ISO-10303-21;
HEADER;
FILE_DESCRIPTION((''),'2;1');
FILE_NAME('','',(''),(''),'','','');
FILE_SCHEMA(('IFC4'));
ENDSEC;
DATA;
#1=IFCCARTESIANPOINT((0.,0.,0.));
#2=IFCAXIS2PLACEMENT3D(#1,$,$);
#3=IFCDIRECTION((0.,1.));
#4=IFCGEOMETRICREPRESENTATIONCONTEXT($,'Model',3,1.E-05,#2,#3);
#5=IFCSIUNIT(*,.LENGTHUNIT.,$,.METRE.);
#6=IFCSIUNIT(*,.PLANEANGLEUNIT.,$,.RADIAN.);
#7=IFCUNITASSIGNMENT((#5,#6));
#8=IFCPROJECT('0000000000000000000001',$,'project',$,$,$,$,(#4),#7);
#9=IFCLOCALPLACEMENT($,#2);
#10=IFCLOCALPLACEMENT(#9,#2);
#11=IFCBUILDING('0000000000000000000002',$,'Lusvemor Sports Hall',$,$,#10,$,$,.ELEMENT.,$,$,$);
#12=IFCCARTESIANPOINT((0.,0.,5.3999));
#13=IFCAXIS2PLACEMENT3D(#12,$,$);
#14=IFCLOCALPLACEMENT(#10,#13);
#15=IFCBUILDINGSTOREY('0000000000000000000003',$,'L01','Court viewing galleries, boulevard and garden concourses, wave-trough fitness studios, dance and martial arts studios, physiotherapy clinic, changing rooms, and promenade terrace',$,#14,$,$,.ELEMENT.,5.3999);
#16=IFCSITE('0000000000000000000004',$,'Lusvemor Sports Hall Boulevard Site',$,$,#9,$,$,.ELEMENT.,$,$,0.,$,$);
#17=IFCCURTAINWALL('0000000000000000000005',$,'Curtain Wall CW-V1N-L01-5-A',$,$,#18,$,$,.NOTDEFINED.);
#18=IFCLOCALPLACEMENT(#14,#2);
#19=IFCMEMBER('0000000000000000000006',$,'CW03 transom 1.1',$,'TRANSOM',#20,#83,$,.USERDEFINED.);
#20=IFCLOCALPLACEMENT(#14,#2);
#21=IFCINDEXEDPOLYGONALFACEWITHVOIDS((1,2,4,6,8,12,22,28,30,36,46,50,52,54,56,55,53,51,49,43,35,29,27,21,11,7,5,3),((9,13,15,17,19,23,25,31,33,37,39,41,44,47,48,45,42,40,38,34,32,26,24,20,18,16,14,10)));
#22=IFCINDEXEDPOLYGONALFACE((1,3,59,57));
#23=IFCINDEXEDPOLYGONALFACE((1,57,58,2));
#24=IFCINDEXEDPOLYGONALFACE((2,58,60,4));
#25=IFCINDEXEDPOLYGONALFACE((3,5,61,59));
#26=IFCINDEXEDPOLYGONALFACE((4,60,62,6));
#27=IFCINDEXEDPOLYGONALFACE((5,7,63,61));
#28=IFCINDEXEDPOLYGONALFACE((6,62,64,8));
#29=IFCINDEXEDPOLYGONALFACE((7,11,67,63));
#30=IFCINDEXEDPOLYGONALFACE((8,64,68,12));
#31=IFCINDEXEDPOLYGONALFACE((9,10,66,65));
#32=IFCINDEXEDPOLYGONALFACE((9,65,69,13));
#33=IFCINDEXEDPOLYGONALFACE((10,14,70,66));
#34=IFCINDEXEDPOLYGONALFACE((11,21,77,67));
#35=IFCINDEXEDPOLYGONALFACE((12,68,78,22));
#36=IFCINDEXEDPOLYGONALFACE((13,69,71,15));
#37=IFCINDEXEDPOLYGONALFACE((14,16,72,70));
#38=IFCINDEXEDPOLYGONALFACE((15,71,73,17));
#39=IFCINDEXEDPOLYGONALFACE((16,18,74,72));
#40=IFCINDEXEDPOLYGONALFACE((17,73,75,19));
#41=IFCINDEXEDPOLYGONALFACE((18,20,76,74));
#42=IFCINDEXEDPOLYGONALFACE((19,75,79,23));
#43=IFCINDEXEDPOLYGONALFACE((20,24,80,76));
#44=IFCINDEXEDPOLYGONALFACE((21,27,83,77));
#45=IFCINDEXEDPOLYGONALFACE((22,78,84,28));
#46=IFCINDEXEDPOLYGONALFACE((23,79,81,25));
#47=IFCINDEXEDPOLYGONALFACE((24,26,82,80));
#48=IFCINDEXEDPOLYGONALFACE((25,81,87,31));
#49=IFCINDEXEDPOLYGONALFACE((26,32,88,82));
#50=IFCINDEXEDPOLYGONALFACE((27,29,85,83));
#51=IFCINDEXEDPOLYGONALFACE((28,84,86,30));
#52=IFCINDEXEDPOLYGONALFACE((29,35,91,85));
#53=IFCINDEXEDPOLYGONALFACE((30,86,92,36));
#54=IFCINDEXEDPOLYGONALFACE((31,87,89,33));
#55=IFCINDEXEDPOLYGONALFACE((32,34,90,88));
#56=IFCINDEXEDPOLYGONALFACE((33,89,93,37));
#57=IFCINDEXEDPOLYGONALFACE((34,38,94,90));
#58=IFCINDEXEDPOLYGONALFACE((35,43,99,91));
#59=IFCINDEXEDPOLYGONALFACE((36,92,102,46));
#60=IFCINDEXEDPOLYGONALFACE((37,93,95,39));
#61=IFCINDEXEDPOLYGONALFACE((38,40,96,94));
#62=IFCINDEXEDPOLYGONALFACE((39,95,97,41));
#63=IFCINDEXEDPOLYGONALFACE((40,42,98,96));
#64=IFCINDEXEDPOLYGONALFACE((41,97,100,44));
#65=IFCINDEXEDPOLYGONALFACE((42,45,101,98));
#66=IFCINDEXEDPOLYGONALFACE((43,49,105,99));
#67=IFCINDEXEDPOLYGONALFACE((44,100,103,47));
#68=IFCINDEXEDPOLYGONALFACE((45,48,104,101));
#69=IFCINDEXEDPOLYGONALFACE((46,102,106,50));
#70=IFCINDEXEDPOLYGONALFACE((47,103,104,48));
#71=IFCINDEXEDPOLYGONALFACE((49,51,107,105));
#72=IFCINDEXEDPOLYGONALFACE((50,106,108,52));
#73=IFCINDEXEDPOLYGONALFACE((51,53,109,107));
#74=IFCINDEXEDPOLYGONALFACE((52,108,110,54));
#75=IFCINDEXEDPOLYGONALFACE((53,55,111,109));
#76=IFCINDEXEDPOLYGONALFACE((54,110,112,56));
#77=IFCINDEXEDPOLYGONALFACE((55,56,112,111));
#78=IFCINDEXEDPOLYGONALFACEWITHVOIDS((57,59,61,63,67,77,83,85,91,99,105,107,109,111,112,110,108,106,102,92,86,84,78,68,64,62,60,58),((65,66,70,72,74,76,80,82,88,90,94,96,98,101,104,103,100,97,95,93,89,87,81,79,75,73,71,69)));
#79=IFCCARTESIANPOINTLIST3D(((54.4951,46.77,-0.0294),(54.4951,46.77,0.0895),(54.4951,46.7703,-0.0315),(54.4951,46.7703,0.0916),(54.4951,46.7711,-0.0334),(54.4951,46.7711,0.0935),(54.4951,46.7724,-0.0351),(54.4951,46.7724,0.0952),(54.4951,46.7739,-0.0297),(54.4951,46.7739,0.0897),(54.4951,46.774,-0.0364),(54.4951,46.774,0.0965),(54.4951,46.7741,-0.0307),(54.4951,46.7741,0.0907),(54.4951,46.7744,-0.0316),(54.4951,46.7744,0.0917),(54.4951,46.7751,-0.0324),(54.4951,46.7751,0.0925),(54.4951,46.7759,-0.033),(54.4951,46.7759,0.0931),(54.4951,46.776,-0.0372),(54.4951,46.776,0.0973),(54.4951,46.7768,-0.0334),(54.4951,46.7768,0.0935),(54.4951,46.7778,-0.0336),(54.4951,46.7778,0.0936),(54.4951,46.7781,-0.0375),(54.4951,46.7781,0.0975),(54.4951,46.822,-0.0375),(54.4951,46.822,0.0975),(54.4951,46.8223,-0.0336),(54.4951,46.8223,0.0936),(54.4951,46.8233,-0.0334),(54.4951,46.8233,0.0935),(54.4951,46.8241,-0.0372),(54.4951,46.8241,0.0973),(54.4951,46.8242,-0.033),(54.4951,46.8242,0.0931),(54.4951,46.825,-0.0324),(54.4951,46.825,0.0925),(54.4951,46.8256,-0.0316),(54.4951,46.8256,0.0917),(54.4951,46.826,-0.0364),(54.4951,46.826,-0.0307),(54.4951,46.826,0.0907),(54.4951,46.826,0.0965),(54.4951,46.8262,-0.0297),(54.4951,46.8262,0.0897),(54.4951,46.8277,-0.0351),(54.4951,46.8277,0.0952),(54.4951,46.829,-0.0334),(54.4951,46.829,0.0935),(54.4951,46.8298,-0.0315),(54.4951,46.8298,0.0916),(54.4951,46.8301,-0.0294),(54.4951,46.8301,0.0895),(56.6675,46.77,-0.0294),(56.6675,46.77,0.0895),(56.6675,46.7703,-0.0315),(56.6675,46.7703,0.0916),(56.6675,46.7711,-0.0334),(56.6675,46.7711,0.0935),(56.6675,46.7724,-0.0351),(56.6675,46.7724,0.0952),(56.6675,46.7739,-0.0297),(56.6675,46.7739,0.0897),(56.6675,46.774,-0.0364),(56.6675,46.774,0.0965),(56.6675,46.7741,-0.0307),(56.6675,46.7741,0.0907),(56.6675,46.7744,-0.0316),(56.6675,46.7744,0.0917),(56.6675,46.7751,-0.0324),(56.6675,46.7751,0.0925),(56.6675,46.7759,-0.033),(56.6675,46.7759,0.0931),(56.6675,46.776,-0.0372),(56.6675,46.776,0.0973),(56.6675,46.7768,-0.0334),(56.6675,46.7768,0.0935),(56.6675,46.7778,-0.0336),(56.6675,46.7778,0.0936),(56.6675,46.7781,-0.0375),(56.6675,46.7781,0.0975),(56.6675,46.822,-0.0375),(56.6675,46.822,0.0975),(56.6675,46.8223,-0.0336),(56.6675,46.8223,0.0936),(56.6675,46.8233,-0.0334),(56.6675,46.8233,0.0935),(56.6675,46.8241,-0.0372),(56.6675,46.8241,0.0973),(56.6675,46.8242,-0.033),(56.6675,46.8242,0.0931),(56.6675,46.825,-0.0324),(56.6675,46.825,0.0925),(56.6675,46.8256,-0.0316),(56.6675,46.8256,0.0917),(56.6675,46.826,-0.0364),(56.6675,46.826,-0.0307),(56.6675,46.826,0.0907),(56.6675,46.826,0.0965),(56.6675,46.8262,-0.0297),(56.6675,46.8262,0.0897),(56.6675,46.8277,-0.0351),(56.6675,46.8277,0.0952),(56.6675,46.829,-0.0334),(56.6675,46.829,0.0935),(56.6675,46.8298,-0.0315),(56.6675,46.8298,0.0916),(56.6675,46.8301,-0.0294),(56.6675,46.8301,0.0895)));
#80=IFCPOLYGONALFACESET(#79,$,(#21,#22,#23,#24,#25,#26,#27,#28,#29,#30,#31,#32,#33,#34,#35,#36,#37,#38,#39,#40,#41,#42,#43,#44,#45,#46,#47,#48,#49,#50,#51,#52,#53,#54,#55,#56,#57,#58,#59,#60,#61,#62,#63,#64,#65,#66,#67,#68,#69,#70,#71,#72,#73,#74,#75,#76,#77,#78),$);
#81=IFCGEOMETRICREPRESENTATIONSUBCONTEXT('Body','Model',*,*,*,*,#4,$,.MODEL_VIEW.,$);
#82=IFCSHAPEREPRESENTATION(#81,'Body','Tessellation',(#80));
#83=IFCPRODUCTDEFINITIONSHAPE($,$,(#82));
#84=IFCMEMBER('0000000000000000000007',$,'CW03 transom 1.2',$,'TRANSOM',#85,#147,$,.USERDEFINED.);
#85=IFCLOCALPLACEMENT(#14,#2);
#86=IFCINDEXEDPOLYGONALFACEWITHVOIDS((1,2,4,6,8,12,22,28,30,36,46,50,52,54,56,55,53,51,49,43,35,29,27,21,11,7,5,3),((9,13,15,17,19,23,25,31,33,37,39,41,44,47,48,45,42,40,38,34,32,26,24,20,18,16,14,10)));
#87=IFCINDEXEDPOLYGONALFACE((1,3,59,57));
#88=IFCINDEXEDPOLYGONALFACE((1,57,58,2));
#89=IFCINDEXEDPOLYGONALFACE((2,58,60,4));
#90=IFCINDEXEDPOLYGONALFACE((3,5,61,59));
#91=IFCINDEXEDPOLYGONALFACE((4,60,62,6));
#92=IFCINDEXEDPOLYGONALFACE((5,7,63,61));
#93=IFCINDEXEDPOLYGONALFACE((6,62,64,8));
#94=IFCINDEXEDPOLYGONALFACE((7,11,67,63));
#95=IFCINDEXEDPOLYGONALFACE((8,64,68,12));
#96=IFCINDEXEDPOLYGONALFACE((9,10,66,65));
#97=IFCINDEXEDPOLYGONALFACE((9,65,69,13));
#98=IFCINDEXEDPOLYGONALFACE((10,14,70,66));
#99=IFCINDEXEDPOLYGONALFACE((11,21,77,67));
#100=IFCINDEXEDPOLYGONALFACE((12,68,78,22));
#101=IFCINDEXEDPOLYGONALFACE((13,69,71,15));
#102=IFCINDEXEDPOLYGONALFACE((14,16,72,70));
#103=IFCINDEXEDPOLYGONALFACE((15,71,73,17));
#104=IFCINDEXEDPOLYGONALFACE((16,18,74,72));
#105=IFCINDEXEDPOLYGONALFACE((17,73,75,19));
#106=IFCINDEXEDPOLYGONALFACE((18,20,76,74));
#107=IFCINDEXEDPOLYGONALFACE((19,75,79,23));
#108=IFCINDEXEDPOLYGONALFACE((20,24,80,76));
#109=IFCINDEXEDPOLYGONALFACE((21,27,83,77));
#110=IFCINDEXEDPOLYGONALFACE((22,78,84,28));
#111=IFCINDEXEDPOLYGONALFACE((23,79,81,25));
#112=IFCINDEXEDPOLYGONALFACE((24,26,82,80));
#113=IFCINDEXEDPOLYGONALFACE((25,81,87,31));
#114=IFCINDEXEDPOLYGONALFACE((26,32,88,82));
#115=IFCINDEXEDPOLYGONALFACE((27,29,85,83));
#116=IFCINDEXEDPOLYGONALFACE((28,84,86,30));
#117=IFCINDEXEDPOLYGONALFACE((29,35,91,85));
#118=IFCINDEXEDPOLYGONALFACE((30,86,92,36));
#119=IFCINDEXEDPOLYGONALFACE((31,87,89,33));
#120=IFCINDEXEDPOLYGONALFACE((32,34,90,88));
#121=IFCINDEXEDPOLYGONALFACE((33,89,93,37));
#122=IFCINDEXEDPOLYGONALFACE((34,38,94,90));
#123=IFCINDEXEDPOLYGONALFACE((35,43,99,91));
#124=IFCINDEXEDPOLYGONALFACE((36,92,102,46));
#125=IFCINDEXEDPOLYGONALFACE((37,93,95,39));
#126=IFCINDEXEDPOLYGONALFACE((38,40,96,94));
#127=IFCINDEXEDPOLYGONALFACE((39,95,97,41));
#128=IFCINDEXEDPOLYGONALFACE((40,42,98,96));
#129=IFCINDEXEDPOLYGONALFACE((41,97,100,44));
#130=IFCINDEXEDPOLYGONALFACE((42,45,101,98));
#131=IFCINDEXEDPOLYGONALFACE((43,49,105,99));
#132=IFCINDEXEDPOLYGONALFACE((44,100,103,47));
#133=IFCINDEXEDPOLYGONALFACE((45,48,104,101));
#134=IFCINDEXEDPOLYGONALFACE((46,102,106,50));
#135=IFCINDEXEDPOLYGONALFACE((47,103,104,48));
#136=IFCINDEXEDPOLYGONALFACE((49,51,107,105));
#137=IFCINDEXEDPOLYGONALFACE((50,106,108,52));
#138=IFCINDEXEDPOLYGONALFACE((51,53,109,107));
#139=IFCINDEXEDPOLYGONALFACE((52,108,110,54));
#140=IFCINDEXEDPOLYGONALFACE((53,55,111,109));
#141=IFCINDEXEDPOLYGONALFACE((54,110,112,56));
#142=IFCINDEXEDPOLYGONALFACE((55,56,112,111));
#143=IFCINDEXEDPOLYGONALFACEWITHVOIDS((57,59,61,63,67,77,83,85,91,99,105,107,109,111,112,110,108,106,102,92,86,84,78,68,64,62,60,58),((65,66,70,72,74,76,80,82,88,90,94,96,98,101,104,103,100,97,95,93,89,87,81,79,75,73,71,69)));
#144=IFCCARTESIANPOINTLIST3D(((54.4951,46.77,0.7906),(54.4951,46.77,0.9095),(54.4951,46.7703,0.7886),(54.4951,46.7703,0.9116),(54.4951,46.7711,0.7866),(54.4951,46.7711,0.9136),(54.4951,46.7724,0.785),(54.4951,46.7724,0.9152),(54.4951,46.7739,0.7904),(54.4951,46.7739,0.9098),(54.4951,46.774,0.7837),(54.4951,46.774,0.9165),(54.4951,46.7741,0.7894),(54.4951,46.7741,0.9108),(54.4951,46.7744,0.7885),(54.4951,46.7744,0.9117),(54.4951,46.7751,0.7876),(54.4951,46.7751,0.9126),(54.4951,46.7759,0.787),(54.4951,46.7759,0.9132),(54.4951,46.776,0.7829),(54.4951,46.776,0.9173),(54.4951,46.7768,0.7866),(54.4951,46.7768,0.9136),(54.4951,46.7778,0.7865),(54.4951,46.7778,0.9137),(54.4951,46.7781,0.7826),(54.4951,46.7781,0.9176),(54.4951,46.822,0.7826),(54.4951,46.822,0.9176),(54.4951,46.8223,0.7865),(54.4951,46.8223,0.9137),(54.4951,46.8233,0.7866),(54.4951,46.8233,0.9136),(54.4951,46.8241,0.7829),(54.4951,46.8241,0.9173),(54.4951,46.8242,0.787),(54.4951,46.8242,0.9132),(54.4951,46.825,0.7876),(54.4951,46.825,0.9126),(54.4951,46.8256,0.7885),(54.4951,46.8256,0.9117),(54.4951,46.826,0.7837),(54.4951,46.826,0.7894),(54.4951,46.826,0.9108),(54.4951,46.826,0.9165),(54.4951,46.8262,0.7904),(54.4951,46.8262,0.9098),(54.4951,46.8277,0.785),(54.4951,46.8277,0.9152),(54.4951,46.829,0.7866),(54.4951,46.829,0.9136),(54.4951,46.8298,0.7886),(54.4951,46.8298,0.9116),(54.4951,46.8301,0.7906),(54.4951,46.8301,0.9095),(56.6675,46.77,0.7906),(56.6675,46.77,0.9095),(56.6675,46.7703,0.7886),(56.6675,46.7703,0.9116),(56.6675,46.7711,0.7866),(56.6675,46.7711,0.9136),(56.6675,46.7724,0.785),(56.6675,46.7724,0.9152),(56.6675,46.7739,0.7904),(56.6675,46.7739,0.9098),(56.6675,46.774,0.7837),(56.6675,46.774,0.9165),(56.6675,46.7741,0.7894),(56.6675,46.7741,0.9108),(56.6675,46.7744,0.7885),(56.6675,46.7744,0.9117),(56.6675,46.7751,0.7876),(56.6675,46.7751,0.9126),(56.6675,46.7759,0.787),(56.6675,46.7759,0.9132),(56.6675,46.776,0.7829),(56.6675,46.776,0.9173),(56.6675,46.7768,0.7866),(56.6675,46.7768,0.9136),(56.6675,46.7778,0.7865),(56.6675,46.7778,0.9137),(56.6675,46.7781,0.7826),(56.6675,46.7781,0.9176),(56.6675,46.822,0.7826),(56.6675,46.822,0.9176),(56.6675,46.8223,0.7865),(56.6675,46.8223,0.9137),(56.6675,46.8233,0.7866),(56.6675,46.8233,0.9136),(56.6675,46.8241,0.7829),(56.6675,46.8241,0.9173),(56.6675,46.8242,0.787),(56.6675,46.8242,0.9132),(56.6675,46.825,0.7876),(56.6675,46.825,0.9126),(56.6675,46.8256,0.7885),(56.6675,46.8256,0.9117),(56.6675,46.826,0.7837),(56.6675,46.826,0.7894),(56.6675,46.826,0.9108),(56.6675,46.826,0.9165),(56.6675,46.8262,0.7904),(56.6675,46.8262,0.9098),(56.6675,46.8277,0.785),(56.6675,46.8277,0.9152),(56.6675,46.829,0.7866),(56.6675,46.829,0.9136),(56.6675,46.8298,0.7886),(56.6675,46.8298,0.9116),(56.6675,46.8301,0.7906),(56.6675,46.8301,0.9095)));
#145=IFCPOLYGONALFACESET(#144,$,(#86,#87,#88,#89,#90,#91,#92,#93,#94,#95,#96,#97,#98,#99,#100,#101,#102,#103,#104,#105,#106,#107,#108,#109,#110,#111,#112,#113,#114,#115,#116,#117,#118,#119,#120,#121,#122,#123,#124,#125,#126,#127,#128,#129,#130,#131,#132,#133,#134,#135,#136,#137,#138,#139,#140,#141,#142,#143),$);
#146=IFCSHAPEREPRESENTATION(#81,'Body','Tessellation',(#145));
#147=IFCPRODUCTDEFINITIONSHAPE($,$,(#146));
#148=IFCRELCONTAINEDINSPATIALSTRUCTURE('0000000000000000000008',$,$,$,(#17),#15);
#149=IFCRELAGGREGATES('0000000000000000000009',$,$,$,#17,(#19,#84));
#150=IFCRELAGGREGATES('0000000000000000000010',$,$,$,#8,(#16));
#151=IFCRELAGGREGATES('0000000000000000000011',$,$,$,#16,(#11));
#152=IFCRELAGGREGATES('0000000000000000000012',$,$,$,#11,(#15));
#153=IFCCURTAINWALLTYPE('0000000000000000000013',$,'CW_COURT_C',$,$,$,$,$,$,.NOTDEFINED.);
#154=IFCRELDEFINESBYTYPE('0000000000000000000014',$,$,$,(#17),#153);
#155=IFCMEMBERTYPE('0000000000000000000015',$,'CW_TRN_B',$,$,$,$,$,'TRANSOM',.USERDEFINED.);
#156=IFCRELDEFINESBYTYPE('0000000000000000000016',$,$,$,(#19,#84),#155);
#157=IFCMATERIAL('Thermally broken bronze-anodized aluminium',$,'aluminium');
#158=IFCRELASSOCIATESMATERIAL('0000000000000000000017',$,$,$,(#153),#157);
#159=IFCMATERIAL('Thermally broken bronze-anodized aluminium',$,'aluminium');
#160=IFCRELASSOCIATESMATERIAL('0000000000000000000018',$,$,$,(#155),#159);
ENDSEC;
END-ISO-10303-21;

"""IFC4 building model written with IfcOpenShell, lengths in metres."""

from ifc_helpers import new_model, si_unit, direction, frame, origin, origin_2d, place, context, subcontext, project, spatial, hollow_rectangle, extrude, material, material_profile, profile_set, type_object, element, aggregate, save


model = new_model("IFC4")

# Units and contexts
model_context = context("Model", 3, precision=1e-05, world=origin(), true_north=direction((0.0, 1.0)))
body_context = subcontext(model_context, "Body", "Model", "MODEL_VIEW")
ifc_project = project(units=[si_unit("LENGTHUNIT", "METRE"), si_unit("PLANEANGLEUNIT", "RADIAN")], contexts=[model_context])

# Site, building, storey
site_placement = place(None, origin())
site = spatial("IfcSite", under=ifc_project, at=site_placement, Name="Lusvemor Sports Hall Boulevard Site", CompositionType="ELEMENT", RefElevation=0.0)
building_placement = place(site_placement, origin())
building = spatial("IfcBuilding", under=site, at=building_placement, Name="Lusvemor Sports Hall", CompositionType="ELEMENT")
storey_placement = place(building_placement, frame((0.0, 0.0, 5.3999)))
storey = spatial("IfcBuildingStorey", under=building, at=storey_placement, Name="L01", Description="Court viewing galleries, boulevard and garden concourses, wave-trough fitness studios, dance and martial arts studios, physiotherapy clinic, changing rooms, and promenade terrace", CompositionType="ELEMENT", Elevation=5.3999)

# Curtain wall
ifc_material_1 = material(Name="Thermally broken bronze-anodized aluminium", Category="aluminium")
curtain_wall_type = type_object("IfcCurtainWallType", Name="CW_COURT_C", PredefinedType="NOTDEFINED", material=ifc_material_1)
curtain_wall_1_placement = place(storey_placement, origin())
curtain_wall_1 = element("IfcCurtainWall", 1, at=curtain_wall_1_placement, inside=storey, type_object=curtain_wall_type, Name="Curtain Wall CW-V1N-L01-5-A", PredefinedType="NOTDEFINED")

# Members
ifc_material_2 = material(Name="Thermally broken bronze-anodized aluminium", Category="aluminium")
ifc_material_profile_1 = material_profile(ifc_material_2, hollow_rectangle(XDim=0.0601, YDim=0.135, WallThickness=0.0039, InnerFilletRadius=0.0039, OuterFilletRadius=0.0081, at=origin_2d()), Name="CWTRN135x60x4")
ifc_profile_set_1 = profile_set([ifc_material_profile_1], Name="Thermally broken bronze-anodized aluminium")
member_type_1 = type_object("IfcMemberType", Name="CW_TRN_B", ElementType="TRANSOM", PredefinedType="USERDEFINED", material=ifc_profile_set_1)
member_1_placement = place(storey_placement, frame((54.4951, 46.8, 0.03), z_axis=(1.0, 0.0, 0.0), x_axis=(0.0, 1.0, 0.0)))
member_1 = element("IfcMember", 2, at=member_1_placement, type_object=member_type_1, Name="CW03 transom 1.1", ObjectType="TRANSOM", PredefinedType="USERDEFINED", context=body_context, shape_type="SweptSolid", body=[
    extrude(hollow_rectangle(XDim=0.0601, YDim=0.135, WallThickness=0.0039, InnerFilletRadius=0.0039, OuterFilletRadius=0.0081, at=origin_2d()), origin(), (0.0, 0.0, 1.0), 2.1724),
])
member_2_placement = place(storey_placement, frame((54.4951, 46.8, 0.8501), z_axis=(1.0, 0.0, 0.0), x_axis=(0.0, 1.0, 0.0)))
member_2 = element("IfcMember", 3, at=member_2_placement, type_object=member_type_1, Name="CW03 transom 1.2", ObjectType="TRANSOM", PredefinedType="USERDEFINED", context=body_context, shape_type="SweptSolid", body=[
    extrude(hollow_rectangle(XDim=0.0601, YDim=0.135, WallThickness=0.0039, InnerFilletRadius=0.0039, OuterFilletRadius=0.0081, at=origin_2d()), origin(), (0.0, 0.0, 1.0), 2.1724),
])

aggregate(curtain_wall_1, [member_1, member_2])

save(model, "model.ifc")
